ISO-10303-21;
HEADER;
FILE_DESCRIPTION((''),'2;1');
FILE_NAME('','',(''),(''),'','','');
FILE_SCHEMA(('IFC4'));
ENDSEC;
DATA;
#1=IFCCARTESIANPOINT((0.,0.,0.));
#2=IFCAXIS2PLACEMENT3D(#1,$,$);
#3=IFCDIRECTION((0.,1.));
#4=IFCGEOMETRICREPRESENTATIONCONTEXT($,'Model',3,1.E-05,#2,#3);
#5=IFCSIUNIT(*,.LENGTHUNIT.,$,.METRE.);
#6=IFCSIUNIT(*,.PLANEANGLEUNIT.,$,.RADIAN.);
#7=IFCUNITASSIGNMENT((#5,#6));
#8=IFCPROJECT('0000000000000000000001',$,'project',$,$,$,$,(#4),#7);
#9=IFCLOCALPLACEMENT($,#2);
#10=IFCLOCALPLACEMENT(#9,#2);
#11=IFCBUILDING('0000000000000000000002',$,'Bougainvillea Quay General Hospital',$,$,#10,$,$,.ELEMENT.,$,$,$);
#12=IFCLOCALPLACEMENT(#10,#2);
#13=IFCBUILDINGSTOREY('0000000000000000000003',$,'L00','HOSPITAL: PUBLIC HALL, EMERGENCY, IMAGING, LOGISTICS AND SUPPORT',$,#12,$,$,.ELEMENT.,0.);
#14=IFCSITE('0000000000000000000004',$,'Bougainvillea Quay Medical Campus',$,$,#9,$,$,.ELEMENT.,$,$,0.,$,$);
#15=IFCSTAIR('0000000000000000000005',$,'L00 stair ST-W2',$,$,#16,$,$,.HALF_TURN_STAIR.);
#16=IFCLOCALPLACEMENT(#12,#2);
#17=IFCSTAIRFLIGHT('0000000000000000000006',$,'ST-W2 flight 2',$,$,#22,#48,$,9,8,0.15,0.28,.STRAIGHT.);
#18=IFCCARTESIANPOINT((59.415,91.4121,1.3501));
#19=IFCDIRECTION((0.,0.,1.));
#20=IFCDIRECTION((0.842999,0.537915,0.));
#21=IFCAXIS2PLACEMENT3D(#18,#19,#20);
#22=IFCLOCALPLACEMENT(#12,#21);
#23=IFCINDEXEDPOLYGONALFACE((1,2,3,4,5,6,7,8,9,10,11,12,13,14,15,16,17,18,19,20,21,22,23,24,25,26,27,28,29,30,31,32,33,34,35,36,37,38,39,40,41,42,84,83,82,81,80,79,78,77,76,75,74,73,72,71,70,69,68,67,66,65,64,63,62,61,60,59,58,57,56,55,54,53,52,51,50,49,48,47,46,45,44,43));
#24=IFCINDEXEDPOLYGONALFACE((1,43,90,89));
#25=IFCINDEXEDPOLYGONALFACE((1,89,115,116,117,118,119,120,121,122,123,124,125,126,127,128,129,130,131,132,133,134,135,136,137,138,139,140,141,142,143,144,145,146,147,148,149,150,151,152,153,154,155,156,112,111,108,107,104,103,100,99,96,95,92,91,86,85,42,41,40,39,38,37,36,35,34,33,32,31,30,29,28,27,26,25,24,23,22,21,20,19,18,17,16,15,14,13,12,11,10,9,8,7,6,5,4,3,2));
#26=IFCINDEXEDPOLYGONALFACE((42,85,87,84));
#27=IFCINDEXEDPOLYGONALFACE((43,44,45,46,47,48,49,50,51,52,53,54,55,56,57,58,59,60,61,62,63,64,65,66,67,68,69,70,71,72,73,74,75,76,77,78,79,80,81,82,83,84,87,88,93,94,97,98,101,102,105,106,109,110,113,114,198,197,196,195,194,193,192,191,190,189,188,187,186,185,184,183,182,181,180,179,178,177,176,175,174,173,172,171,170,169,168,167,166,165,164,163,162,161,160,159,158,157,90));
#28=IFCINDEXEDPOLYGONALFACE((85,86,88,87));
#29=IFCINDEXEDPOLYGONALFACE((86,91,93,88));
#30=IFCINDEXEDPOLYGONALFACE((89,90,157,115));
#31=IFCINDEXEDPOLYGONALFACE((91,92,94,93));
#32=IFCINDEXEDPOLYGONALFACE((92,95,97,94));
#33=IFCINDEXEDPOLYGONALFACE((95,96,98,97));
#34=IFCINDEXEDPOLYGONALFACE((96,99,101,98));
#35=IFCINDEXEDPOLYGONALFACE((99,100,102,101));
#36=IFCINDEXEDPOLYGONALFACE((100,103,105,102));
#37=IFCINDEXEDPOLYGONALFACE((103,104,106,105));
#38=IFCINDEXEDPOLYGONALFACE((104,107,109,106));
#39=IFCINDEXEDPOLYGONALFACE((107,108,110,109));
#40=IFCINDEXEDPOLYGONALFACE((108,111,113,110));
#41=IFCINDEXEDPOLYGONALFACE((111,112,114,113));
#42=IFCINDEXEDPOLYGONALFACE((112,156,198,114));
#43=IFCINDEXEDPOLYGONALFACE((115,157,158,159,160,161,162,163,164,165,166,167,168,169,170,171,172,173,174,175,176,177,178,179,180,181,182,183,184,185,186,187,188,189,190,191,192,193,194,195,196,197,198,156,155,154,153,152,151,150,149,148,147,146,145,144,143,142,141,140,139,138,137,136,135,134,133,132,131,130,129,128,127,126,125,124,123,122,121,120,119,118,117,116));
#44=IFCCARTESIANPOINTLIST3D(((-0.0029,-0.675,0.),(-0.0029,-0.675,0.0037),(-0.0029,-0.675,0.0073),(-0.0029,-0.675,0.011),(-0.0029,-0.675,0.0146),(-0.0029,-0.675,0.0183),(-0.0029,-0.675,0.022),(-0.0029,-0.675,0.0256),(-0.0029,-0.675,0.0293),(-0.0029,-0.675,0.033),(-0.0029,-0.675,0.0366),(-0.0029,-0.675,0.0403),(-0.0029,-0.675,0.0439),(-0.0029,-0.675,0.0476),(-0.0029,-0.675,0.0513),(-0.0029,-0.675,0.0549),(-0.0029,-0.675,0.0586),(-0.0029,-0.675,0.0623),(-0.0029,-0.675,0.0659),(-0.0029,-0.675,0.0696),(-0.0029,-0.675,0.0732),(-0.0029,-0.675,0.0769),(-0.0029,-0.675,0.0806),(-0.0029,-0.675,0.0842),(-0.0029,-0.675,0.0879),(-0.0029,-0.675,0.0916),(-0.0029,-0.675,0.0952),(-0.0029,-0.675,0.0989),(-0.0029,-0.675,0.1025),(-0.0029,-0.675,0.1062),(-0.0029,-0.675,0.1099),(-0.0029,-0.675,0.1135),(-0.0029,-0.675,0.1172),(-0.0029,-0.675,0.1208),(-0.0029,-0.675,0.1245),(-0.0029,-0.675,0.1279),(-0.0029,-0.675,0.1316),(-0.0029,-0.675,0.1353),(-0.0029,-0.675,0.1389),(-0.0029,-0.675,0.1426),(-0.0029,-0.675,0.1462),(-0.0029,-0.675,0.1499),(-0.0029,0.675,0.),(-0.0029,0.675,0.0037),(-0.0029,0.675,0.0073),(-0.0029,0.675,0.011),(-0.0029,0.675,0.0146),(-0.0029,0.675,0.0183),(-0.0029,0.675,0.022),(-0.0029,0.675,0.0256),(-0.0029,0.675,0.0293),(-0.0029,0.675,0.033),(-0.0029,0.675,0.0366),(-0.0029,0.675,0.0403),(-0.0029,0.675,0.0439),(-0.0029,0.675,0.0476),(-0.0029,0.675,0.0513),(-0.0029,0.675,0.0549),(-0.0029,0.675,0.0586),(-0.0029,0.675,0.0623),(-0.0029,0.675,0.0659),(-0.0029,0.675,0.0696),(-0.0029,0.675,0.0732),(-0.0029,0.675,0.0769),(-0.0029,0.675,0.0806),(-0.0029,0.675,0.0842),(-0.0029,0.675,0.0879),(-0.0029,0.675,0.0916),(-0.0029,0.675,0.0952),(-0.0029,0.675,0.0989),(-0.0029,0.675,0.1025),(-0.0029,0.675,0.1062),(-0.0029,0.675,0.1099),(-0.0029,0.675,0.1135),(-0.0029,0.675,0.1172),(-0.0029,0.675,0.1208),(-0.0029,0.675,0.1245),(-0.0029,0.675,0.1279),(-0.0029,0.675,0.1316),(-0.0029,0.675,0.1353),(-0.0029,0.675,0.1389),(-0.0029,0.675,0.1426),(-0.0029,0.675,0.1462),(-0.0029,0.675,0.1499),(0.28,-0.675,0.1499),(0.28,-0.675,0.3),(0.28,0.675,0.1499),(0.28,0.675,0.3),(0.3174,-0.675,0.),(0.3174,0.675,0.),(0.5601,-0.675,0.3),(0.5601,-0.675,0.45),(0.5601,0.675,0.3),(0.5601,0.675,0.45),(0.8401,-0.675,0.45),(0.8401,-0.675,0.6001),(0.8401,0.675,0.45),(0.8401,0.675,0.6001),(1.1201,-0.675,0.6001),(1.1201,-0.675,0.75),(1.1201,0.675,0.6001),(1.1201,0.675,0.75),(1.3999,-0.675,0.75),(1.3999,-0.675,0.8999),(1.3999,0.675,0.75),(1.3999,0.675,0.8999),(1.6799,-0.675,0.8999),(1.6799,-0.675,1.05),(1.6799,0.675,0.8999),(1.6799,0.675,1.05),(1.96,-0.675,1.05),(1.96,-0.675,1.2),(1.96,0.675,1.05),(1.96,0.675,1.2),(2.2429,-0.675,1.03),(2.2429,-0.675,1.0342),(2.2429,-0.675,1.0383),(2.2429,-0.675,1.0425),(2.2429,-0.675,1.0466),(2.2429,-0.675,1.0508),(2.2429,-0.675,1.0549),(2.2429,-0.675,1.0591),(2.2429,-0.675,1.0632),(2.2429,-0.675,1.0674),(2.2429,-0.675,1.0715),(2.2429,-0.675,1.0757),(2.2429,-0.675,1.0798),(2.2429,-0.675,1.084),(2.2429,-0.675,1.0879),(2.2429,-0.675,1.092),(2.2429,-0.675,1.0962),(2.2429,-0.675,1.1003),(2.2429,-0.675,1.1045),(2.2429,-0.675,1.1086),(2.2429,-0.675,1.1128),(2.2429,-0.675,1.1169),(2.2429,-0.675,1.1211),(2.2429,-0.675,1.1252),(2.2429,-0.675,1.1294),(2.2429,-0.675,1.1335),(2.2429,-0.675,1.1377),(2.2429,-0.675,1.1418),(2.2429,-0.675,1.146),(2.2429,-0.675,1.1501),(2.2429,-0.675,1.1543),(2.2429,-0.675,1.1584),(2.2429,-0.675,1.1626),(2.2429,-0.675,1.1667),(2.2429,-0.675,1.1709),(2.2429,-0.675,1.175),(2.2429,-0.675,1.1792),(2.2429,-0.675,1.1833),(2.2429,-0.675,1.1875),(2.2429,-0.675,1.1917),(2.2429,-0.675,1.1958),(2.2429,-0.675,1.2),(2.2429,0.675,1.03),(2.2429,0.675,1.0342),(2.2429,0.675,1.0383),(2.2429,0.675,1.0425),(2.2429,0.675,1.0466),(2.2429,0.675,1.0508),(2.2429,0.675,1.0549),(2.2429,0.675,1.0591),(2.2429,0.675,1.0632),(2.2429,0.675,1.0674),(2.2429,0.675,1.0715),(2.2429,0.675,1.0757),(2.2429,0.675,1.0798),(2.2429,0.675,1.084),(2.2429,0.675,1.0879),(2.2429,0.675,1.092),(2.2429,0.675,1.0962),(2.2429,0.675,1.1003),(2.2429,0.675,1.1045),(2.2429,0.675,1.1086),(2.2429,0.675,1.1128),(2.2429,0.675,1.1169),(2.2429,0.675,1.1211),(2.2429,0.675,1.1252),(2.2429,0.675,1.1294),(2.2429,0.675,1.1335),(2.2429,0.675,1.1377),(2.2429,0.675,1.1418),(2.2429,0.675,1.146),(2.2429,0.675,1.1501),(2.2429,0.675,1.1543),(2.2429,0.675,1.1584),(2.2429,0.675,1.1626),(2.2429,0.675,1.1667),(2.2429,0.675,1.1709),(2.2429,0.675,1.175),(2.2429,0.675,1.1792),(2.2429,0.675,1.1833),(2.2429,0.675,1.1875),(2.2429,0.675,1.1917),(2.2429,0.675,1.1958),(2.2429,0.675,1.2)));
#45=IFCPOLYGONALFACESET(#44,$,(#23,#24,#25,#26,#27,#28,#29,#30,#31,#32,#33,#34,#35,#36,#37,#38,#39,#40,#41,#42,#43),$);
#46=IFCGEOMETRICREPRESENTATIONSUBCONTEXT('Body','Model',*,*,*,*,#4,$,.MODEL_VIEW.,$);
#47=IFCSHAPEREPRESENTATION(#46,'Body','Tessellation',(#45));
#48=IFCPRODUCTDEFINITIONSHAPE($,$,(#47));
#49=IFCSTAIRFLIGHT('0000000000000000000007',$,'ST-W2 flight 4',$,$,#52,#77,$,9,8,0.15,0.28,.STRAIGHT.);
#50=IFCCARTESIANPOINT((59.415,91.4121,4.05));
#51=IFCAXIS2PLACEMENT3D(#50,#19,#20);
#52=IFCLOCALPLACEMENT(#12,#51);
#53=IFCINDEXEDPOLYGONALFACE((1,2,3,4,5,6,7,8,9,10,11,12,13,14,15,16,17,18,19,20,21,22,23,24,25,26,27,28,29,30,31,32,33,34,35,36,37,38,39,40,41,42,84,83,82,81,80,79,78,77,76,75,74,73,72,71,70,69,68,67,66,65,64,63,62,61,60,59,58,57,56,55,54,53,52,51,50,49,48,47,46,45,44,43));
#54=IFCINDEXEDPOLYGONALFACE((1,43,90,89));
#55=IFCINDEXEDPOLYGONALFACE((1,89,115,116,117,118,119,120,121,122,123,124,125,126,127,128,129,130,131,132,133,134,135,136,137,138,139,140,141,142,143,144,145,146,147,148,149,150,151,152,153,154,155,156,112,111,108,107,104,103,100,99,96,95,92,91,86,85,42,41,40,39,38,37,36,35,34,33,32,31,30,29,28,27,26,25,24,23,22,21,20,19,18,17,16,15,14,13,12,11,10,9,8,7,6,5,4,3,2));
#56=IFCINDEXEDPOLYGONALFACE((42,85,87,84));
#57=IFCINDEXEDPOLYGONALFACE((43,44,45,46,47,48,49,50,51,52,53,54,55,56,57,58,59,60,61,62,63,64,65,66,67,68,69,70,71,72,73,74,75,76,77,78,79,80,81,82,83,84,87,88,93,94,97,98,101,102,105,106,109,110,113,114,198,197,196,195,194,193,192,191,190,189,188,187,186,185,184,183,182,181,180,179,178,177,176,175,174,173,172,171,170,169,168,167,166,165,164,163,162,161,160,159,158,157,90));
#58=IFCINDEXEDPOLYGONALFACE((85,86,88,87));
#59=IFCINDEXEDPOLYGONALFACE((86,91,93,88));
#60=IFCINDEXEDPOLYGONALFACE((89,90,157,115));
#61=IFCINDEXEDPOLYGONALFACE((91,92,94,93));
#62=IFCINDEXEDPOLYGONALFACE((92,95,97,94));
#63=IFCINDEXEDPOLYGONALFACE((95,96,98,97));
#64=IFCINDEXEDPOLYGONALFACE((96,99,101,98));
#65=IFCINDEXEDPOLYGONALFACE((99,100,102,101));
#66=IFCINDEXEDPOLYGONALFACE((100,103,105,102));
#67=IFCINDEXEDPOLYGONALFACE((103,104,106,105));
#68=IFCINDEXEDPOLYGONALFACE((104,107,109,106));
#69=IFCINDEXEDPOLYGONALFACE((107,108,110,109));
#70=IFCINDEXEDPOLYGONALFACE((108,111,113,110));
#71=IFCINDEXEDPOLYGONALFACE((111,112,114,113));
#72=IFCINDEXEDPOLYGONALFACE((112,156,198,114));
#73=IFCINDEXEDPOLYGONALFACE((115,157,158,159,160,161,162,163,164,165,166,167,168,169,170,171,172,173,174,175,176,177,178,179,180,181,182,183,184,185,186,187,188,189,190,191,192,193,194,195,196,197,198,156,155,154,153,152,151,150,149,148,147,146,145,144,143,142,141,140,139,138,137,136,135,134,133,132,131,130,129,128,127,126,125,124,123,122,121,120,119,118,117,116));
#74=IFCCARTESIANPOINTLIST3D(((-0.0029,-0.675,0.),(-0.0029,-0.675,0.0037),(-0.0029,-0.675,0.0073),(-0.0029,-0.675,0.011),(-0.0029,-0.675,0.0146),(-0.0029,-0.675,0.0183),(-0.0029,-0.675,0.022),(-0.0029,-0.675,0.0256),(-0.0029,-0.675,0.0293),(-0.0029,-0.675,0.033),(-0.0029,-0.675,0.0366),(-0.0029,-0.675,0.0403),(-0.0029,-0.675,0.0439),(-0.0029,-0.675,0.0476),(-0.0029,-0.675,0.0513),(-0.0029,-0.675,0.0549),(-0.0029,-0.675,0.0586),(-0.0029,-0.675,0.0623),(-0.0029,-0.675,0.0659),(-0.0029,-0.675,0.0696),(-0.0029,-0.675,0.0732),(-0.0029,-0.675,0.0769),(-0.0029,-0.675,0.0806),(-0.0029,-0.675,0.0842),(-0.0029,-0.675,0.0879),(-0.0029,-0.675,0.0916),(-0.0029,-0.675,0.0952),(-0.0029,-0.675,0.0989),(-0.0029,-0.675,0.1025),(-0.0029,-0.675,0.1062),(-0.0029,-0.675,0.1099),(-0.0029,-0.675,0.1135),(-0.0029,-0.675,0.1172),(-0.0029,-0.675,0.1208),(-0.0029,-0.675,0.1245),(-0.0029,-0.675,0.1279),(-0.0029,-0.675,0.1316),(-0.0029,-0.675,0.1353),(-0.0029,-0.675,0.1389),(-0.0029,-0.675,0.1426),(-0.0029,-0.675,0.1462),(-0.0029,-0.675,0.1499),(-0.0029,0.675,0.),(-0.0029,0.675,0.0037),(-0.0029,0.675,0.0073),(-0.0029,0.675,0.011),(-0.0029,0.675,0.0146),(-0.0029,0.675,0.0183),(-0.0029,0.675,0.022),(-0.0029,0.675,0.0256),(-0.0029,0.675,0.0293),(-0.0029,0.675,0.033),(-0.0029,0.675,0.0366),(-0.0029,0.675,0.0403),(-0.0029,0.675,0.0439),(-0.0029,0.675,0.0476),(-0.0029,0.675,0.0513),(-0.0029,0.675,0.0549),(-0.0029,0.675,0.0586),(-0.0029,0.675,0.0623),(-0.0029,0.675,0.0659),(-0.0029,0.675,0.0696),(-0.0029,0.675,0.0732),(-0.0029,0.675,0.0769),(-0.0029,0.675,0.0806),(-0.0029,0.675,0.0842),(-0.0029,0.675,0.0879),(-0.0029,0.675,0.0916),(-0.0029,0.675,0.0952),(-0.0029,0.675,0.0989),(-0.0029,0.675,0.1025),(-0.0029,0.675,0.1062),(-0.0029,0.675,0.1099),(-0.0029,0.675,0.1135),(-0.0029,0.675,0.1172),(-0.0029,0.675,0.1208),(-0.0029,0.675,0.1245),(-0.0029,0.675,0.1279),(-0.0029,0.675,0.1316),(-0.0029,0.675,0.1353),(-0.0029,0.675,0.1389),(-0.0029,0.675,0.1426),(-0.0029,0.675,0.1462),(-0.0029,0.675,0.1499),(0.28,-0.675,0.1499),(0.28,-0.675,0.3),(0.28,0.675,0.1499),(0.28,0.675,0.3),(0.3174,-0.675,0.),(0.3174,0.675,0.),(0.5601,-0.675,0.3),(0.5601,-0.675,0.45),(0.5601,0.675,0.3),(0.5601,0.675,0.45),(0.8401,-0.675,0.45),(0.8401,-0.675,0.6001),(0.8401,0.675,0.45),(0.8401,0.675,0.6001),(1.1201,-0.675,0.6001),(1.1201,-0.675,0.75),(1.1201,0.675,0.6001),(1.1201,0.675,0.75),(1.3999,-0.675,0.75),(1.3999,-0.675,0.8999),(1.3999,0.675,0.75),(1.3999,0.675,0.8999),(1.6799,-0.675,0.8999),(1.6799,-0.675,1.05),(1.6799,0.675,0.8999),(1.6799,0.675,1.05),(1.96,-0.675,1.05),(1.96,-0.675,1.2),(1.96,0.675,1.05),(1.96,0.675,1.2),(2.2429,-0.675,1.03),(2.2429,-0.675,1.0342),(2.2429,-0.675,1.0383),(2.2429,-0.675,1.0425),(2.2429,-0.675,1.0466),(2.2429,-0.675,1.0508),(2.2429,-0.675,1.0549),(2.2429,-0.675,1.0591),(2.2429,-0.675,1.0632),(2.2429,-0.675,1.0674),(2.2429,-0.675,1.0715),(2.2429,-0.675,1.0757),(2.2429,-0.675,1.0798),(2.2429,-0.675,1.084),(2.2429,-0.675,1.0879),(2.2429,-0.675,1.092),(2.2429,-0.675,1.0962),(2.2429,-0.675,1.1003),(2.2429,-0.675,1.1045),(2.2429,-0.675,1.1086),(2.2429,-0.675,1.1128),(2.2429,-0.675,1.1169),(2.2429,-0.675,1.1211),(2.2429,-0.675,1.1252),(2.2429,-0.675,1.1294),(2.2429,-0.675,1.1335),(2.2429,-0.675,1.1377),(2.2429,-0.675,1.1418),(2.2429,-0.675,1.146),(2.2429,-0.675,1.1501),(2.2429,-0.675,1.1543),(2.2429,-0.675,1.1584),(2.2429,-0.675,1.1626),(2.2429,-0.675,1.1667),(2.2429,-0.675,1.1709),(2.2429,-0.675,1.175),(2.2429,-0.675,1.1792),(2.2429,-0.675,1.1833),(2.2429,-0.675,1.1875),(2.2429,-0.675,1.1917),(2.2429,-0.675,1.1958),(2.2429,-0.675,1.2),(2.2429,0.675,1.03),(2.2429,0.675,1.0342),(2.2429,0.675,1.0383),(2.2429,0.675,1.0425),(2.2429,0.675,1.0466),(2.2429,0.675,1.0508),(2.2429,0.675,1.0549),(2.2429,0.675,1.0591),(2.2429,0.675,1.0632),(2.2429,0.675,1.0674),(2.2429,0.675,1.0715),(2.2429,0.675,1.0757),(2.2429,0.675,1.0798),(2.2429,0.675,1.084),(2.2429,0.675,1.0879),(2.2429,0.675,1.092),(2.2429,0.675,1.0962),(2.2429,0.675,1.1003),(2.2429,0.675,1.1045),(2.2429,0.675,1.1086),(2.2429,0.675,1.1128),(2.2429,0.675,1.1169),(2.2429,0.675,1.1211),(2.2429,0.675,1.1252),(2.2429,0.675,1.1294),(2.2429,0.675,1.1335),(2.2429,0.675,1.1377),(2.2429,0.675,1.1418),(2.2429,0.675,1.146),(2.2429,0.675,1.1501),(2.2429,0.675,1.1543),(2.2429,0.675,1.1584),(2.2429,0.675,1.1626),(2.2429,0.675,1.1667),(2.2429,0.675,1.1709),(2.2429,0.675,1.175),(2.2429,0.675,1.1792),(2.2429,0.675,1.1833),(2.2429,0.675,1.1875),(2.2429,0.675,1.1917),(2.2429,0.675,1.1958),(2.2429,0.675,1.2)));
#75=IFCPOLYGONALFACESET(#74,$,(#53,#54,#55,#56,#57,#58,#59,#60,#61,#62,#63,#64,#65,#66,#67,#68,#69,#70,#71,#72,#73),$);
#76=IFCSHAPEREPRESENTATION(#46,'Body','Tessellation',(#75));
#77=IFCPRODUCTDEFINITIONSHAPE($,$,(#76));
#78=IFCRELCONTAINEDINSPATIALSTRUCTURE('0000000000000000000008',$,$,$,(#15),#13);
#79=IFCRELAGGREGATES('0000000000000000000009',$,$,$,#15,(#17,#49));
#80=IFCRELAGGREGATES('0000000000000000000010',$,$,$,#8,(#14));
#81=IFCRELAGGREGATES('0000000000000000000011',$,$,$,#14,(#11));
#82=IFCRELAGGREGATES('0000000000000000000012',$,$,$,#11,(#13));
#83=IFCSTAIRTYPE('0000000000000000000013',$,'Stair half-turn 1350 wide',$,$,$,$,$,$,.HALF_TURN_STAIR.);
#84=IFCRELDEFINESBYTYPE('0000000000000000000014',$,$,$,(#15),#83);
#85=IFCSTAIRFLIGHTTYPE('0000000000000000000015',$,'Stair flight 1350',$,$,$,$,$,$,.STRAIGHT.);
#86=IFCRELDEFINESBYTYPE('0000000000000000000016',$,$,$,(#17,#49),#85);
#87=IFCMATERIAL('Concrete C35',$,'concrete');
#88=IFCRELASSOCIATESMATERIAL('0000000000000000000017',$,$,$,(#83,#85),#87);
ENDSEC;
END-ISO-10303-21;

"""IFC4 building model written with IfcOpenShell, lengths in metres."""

from ifc_helpers import new_model, si_unit, direction, frame, origin, place, context, subcontext, project, spatial, polyline, outline, extrude, material, type_object, element, aggregate, save


model = new_model("IFC4")

# Units and contexts
model_context = context("Model", 3, precision=1e-05, world=origin(), true_north=direction((0.0, 1.0)))
body_context = subcontext(model_context, "Body", "Model", "MODEL_VIEW")
ifc_project = project(units=[si_unit("LENGTHUNIT", "METRE"), si_unit("PLANEANGLEUNIT", "RADIAN")], contexts=[model_context])

# Site, building, storey
site_placement = place(None, origin())
site = spatial("IfcSite", under=ifc_project, at=site_placement, Name="Bougainvillea Quay Medical Campus", CompositionType="ELEMENT", RefElevation=0.0)
building_placement = place(site_placement, origin())
building = spatial("IfcBuilding", under=site, at=building_placement, Name="Bougainvillea Quay General Hospital", CompositionType="ELEMENT")
storey_placement = place(building_placement, origin())
storey = spatial("IfcBuildingStorey", under=building, at=storey_placement, Name="L00", Description="HOSPITAL: PUBLIC HALL, EMERGENCY, IMAGING, LOGISTICS AND SUPPORT", CompositionType="ELEMENT", Elevation=0.0)

# Stair, stair flights
ifc_material_1 = material(Name="Concrete C35", Category="concrete")
stair_type = type_object("IfcStairType", Name="Stair half-turn 1350 wide", PredefinedType="HALF_TURN_STAIR", material=ifc_material_1)
stair_placement = place(storey_placement, origin())
stair = element("IfcStair", 1, at=stair_placement, inside=storey, type_object=stair_type, Name="L00 stair ST-W2", PredefinedType="HALF_TURN_STAIR")
stair_flight_type = type_object("IfcStairFlightType", Name="Stair flight 1350", PredefinedType="STRAIGHT", material=ifc_material_1)
stair_flight_1_placement = place(storey_placement, frame((59.415, 91.4121, 1.3501), z_axis=(0.0, 0.0, 1.0), x_axis=(0.842999, 0.537915, 0.0)))
stair_flight_1 = element("IfcStairFlight", 2, at=stair_flight_1_placement, type_object=stair_flight_type, Name="ST-W2 flight 2", NumberOfRisers=9, NumberOfTreads=8, PredefinedType="STRAIGHT", RiserHeight=0.15, TreadLength=0.28, context=body_context, shape_type="SweptSolid", body=[
    extrude(outline(polyline([(-0.0029, 0.0), (-0.0029, 0.0037), (-0.0029, 0.0073), (-0.0029, 0.011), (-0.0029, 0.0146), (-0.0029, 0.0183), (-0.0029, 0.022), (-0.0029, 0.0256), (-0.0029, 0.0293), (-0.0029, 0.033), (-0.0029, 0.0366), (-0.0029, 0.0403), (-0.0029, 0.0439), (-0.0029, 0.0476), (-0.0029, 0.0513), (-0.0029, 0.0549), (-0.0029, 0.0586), (-0.0029, 0.0623), (-0.0029, 0.0659), (-0.0029, 0.0696), (-0.0029, 0.0732), (-0.0029, 0.0769), (-0.0029, 0.0806), (-0.0029, 0.0842), (-0.0029, 0.0879), (-0.0029, 0.0916), (-0.0029, 0.0952), (-0.0029, 0.0989), (-0.0029, 0.1025), (-0.0029, 0.1062), (-0.0029, 0.1099), (-0.0029, 0.1135), (-0.0029, 0.1172), (-0.0029, 0.1208), (-0.0029, 0.1245), (-0.0029, 0.1279), (-0.0029, 0.1316), (-0.0029, 0.1353), (-0.0029, 0.1389), (-0.0029, 0.1426), (-0.0029, 0.1462), (-0.0029, 0.1499), (0.28, 0.1499), (0.28, 0.3), (0.5601, 0.3), (0.5601, 0.45), (0.8401, 0.45), (0.8401, 0.6001), (1.1201, 0.6001), (1.1201, 0.75), (1.3999, 0.75), (1.3999, 0.8999), (1.6799, 0.8999), (1.6799, 1.05), (1.96, 1.05), (1.96, 1.2), (2.2429, 1.2), (2.2429, 1.1958), (2.2429, 1.1917), (2.2429, 1.1875), (2.2429, 1.1833), (2.2429, 1.1792), (2.2429, 1.175), (2.2429, 1.1709), (2.2429, 1.1667), (2.2429, 1.1626), (2.2429, 1.1584), (2.2429, 1.1543), (2.2429, 1.1501), (2.2429, 1.146), (2.2429, 1.1418), (2.2429, 1.1377), (2.2429, 1.1335), (2.2429, 1.1294), (2.2429, 1.1252), (2.2429, 1.1211), (2.2429, 1.1169), (2.2429, 1.1128), (2.2429, 1.1086), (2.2429, 1.1045), (2.2429, 1.1003), (2.2429, 1.0962), (2.2429, 1.092), (2.2429, 1.0879), (2.2429, 1.084), (2.2429, 1.0798), (2.2429, 1.0757), (2.2429, 1.0715), (2.2429, 1.0674), (2.2429, 1.0632), (2.2429, 1.0591), (2.2429, 1.0549), (2.2429, 1.0508), (2.2429, 1.0466), (2.2429, 1.0425), (2.2429, 1.0383), (2.2429, 1.0342), (2.2429, 1.03), (0.3174, 0.0), (-0.0029, 0.0)])), frame((0.0, 0.675, 0.0), z_axis=(0.0, -1.0, 0.0), x_axis=(1.0, 0.0, 0.0)), (0.0, 0.0, 1.0), 1.3501),
])
stair_flight_2_placement = place(storey_placement, frame((59.415, 91.4121, 4.05), z_axis=(0.0, 0.0, 1.0), x_axis=(0.842999, 0.537915, 0.0)))
stair_flight_2 = element("IfcStairFlight", 3, at=stair_flight_2_placement, type_object=stair_flight_type, Name="ST-W2 flight 4", NumberOfRisers=9, NumberOfTreads=8, PredefinedType="STRAIGHT", RiserHeight=0.15, TreadLength=0.28, context=body_context, shape_type="SweptSolid", body=[
    extrude(outline(polyline([(-0.0029, 0.0), (-0.0029, 0.0037), (-0.0029, 0.0073), (-0.0029, 0.011), (-0.0029, 0.0146), (-0.0029, 0.0183), (-0.0029, 0.022), (-0.0029, 0.0256), (-0.0029, 0.0293), (-0.0029, 0.033), (-0.0029, 0.0366), (-0.0029, 0.0403), (-0.0029, 0.0439), (-0.0029, 0.0476), (-0.0029, 0.0513), (-0.0029, 0.0549), (-0.0029, 0.0586), (-0.0029, 0.0623), (-0.0029, 0.0659), (-0.0029, 0.0696), (-0.0029, 0.0732), (-0.0029, 0.0769), (-0.0029, 0.0806), (-0.0029, 0.0842), (-0.0029, 0.0879), (-0.0029, 0.0916), (-0.0029, 0.0952), (-0.0029, 0.0989), (-0.0029, 0.1025), (-0.0029, 0.1062), (-0.0029, 0.1099), (-0.0029, 0.1135), (-0.0029, 0.1172), (-0.0029, 0.1208), (-0.0029, 0.1245), (-0.0029, 0.1279), (-0.0029, 0.1316), (-0.0029, 0.1353), (-0.0029, 0.1389), (-0.0029, 0.1426), (-0.0029, 0.1462), (-0.0029, 0.1499), (0.28, 0.1499), (0.28, 0.3), (0.5601, 0.3), (0.5601, 0.45), (0.8401, 0.45), (0.8401, 0.6001), (1.1201, 0.6001), (1.1201, 0.75), (1.3999, 0.75), (1.3999, 0.8999), (1.6799, 0.8999), (1.6799, 1.05), (1.96, 1.05), (1.96, 1.2), (2.2429, 1.2), (2.2429, 1.1958), (2.2429, 1.1917), (2.2429, 1.1875), (2.2429, 1.1833), (2.2429, 1.1792), (2.2429, 1.175), (2.2429, 1.1709), (2.2429, 1.1667), (2.2429, 1.1626), (2.2429, 1.1584), (2.2429, 1.1543), (2.2429, 1.1501), (2.2429, 1.146), (2.2429, 1.1418), (2.2429, 1.1377), (2.2429, 1.1335), (2.2429, 1.1294), (2.2429, 1.1252), (2.2429, 1.1211), (2.2429, 1.1169), (2.2429, 1.1128), (2.2429, 1.1086), (2.2429, 1.1045), (2.2429, 1.1003), (2.2429, 1.0962), (2.2429, 1.092), (2.2429, 1.0879), (2.2429, 1.084), (2.2429, 1.0798), (2.2429, 1.0757), (2.2429, 1.0715), (2.2429, 1.0674), (2.2429, 1.0632), (2.2429, 1.0591), (2.2429, 1.0549), (2.2429, 1.0508), (2.2429, 1.0466), (2.2429, 1.0425), (2.2429, 1.0383), (2.2429, 1.0342), (2.2429, 1.03), (0.3174, 0.0), (-0.0029, 0.0)])), frame((0.0, 0.675, 0.0), z_axis=(0.0, -1.0, 0.0), x_axis=(1.0, 0.0, 0.0)), (0.0, 0.0, 1.0), 1.3501),
])
aggregate(stair, [stair_flight_1, stair_flight_2])

save(model, "model.ifc")
